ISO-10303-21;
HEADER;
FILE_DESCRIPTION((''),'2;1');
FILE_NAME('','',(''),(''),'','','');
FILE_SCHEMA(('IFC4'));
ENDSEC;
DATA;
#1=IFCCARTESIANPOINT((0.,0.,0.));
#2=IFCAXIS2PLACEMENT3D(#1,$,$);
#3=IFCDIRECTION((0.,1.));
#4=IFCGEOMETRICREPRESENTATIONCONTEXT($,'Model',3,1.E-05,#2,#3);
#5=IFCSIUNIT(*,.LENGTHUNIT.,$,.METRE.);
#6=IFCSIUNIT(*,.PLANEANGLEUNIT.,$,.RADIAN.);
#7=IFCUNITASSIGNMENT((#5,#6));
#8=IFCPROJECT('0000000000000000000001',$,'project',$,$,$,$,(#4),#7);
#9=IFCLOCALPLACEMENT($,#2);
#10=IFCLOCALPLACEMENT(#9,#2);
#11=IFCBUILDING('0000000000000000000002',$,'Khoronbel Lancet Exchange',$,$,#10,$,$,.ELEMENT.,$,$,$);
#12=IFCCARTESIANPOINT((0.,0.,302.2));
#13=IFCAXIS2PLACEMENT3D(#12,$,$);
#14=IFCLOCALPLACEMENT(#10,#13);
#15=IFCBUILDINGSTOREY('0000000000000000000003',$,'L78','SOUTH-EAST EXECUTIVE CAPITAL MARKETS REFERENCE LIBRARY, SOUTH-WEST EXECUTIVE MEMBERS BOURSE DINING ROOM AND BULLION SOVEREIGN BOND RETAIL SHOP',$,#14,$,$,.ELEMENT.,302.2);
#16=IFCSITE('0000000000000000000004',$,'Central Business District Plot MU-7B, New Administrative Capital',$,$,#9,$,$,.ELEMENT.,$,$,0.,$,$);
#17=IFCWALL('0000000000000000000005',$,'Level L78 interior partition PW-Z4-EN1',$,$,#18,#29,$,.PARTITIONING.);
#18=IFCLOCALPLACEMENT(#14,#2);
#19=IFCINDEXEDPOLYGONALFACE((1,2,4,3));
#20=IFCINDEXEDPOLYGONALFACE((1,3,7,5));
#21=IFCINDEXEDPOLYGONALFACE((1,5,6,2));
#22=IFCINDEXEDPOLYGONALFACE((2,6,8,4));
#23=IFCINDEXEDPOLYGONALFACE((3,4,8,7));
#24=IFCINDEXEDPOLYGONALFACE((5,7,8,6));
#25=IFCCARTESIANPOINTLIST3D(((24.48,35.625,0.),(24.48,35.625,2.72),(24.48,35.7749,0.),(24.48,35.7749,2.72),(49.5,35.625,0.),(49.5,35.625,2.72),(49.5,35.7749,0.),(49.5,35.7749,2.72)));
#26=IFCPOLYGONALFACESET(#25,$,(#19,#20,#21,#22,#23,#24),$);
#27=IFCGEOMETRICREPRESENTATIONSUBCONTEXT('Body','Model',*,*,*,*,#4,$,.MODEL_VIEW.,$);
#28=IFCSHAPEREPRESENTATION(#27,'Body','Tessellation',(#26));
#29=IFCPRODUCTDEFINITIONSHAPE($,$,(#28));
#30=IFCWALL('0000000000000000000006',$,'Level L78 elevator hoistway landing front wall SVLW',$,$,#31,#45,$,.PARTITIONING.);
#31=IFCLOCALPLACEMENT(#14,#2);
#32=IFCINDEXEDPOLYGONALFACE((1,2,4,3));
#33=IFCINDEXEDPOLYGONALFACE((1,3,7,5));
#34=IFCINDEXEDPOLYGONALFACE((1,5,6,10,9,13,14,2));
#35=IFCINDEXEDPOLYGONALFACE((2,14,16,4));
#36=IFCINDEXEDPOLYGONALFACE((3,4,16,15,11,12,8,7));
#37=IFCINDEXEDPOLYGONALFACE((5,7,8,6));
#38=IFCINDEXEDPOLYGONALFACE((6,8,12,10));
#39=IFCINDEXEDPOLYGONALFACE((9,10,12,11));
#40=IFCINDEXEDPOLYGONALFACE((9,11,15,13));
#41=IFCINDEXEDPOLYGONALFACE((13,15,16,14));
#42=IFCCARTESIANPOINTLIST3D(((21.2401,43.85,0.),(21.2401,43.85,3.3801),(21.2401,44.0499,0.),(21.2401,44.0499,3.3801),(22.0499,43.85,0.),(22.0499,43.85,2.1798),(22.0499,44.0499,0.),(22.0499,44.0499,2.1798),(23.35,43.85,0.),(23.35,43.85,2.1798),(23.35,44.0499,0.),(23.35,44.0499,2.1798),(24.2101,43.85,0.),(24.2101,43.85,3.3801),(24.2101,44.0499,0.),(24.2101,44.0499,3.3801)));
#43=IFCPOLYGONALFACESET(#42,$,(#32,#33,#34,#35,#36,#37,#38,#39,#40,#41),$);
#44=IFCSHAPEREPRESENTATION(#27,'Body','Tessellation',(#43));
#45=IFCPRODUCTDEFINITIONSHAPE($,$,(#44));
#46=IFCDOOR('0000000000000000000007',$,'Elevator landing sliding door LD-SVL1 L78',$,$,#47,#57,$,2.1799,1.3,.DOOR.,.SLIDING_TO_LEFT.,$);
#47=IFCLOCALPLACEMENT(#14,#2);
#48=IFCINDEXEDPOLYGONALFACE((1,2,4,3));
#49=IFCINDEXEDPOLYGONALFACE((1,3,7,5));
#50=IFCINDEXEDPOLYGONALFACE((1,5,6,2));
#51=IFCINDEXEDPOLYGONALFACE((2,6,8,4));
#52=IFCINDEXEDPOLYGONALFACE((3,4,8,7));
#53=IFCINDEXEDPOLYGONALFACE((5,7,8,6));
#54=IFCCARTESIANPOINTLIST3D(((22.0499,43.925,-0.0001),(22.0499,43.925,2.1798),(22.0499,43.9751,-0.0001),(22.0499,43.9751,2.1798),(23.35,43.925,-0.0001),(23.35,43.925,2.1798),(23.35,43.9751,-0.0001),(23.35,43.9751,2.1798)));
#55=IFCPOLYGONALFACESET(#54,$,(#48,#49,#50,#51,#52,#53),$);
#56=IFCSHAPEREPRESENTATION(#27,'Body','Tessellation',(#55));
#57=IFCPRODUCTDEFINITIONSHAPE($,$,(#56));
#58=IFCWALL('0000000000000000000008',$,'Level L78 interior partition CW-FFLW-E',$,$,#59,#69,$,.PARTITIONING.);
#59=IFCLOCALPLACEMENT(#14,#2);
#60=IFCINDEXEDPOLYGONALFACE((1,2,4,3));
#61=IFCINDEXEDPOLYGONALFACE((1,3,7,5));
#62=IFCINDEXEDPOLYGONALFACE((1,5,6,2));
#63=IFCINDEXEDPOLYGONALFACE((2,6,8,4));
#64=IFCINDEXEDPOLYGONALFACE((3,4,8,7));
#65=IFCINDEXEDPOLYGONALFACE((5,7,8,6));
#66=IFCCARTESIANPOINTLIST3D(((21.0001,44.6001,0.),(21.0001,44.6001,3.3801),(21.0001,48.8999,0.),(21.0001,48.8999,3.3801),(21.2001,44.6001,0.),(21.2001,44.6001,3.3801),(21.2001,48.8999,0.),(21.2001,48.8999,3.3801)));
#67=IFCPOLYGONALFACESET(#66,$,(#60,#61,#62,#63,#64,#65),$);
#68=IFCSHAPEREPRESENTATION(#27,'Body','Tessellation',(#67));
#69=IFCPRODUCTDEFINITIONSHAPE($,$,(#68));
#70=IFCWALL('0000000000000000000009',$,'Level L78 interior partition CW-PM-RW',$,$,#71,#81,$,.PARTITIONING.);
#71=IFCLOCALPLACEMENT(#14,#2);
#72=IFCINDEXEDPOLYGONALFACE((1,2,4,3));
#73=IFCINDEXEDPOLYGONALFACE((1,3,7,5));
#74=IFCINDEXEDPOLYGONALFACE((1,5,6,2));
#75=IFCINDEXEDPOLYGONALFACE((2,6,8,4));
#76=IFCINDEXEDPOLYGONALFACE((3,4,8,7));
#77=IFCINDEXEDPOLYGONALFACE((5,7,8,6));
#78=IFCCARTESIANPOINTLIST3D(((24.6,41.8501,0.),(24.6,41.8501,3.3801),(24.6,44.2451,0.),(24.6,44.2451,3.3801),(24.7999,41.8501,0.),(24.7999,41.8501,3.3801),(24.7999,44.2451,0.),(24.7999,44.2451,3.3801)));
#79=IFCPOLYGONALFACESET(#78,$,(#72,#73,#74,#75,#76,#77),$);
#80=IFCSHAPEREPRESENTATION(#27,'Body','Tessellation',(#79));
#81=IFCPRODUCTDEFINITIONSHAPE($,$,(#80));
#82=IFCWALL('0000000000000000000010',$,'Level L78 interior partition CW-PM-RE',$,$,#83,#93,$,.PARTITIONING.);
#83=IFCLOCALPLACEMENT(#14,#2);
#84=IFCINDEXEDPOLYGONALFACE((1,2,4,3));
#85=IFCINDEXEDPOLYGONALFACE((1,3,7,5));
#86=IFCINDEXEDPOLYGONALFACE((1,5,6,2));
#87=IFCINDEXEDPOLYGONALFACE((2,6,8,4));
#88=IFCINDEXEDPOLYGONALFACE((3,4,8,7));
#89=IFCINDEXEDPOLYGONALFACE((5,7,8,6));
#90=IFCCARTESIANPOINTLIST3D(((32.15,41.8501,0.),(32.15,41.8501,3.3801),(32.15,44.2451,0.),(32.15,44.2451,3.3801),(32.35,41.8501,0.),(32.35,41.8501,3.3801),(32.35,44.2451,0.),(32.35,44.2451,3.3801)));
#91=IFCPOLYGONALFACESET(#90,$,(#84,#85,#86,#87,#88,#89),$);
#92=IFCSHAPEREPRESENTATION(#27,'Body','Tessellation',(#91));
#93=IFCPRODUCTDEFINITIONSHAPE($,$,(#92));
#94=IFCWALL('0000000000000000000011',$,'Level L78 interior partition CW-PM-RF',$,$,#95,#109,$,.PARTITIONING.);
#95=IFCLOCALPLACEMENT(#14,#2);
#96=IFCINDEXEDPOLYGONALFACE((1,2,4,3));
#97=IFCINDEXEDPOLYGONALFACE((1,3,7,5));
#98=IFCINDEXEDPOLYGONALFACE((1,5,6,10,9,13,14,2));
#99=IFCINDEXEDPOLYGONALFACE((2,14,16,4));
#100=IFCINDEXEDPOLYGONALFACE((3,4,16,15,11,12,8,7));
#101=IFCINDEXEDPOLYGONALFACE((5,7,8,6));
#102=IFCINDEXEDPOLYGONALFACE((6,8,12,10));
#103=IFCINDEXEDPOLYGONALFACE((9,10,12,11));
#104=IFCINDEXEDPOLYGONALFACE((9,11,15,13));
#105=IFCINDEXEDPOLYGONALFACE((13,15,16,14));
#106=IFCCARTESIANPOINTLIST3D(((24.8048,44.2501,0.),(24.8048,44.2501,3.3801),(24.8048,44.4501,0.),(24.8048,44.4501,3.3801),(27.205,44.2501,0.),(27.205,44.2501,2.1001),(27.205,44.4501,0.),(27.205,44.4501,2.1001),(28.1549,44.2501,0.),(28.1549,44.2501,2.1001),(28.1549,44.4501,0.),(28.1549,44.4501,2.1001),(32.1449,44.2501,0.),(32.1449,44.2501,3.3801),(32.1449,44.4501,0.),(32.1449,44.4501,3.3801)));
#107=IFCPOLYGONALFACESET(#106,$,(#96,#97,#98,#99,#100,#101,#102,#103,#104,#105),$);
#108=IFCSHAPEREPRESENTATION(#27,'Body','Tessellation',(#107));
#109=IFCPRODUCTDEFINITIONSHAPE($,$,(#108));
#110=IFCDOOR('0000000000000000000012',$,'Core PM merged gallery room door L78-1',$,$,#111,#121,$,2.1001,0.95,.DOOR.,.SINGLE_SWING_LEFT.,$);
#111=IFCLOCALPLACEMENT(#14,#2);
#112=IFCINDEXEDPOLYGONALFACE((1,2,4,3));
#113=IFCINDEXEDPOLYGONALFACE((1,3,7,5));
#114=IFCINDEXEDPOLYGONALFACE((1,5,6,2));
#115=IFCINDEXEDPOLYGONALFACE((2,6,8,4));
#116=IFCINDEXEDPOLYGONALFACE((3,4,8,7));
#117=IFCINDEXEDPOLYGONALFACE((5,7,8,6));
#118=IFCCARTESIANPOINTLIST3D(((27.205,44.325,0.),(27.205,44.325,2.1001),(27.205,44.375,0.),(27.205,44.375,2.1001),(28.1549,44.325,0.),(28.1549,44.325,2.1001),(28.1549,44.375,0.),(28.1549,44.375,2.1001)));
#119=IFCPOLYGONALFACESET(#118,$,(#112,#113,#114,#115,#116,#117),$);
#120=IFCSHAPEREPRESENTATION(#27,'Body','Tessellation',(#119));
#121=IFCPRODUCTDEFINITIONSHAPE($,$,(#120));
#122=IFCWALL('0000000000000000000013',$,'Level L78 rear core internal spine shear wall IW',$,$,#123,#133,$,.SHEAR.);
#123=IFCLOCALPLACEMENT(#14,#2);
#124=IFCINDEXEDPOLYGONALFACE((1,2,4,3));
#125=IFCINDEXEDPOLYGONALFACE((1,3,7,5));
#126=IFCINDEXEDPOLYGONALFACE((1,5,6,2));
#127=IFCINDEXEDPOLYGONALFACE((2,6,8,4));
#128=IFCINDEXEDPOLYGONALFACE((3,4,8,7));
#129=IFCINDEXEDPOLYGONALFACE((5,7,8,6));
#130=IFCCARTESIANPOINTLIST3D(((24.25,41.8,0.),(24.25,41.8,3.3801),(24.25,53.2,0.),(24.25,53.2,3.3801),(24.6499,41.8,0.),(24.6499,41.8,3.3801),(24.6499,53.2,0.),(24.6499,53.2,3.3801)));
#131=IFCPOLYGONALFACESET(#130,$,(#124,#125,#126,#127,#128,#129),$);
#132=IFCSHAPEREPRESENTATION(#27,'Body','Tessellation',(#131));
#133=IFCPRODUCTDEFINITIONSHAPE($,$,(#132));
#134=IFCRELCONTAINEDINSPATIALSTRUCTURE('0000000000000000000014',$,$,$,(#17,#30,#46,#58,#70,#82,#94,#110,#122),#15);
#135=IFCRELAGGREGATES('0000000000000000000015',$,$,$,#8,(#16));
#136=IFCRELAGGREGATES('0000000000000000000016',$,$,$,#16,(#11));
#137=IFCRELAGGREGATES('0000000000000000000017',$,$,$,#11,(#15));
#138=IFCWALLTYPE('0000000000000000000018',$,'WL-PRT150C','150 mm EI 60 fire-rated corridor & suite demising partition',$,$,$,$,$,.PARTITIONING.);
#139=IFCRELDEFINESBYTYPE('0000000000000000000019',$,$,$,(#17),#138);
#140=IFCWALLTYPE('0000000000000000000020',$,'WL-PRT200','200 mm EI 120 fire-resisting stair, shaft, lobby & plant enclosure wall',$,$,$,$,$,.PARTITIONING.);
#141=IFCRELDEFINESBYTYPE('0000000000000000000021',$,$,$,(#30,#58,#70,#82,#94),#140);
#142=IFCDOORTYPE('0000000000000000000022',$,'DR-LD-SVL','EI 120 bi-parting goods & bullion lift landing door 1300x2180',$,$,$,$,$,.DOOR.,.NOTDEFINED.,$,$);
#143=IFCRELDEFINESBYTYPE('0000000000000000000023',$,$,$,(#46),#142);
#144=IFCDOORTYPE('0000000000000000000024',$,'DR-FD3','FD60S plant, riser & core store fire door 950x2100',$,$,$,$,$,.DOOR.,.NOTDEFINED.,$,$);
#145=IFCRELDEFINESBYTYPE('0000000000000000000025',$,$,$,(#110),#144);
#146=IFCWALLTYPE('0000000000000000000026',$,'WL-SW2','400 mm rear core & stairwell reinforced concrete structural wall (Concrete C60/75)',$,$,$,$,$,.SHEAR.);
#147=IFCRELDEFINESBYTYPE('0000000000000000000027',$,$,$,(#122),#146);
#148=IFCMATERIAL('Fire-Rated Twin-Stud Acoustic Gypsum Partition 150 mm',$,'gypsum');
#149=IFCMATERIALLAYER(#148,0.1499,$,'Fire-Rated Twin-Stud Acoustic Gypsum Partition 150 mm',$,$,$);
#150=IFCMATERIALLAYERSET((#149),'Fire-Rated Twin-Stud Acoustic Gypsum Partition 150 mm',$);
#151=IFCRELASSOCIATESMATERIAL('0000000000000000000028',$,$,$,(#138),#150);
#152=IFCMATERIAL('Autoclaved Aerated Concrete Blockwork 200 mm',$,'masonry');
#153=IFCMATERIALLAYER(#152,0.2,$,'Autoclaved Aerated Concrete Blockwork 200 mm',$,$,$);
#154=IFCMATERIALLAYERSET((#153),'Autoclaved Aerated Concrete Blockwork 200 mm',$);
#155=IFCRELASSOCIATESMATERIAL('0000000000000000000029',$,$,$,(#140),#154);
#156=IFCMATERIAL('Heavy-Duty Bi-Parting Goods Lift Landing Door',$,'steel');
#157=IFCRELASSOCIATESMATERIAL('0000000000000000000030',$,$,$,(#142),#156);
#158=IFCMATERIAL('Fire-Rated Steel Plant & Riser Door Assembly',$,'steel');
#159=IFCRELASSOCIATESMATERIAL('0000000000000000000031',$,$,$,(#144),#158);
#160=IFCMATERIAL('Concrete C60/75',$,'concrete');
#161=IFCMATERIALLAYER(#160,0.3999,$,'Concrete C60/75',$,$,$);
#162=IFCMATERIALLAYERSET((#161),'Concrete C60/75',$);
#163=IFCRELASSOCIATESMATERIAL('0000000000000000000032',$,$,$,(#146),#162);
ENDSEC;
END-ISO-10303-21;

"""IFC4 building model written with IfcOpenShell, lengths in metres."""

from ifc_helpers import new_model, si_unit, direction, frame, frame_2d, origin, place, context, subcontext, project, spatial, rectangle, extrude, material, layer, layer_set, type_object, element, fill, save


model = new_model("IFC4")

# Units and contexts
model_context = context("Model", 3, precision=1e-05, world=origin(), true_north=direction((0.0, 1.0)))
body_context = subcontext(model_context, "Body", "Model", "MODEL_VIEW")
ifc_project = project(units=[si_unit("LENGTHUNIT", "METRE"), si_unit("PLANEANGLEUNIT", "RADIAN")], contexts=[model_context])

# Site, building, storey
site_placement = place(None, origin())
site = spatial("IfcSite", under=ifc_project, at=site_placement, Name="Central Business District Plot MU-7B, New Administrative Capital", CompositionType="ELEMENT", RefElevation=0.0)
building_placement = place(site_placement, origin())
building = spatial("IfcBuilding", under=site, at=building_placement, Name="Khoronbel Lancet Exchange", CompositionType="ELEMENT")
storey_placement = place(building_placement, frame((0.0, 0.0, 302.2)))
storey = spatial("IfcBuildingStorey", under=building, at=storey_placement, Name="L78", Description="SOUTH-EAST EXECUTIVE CAPITAL MARKETS REFERENCE LIBRARY, SOUTH-WEST EXECUTIVE MEMBERS BOURSE DINING ROOM AND BULLION SOVEREIGN BOND RETAIL SHOP", CompositionType="ELEMENT", Elevation=302.2)

# Shared definitions
ifc_material_1 = material(Name="Concrete C60/75", Category="concrete")

# Shared definitions
ifc_material_2 = material(Name="Fire-Rated Twin-Stud Acoustic Gypsum Partition 150 mm", Category="gypsum")
ifc_layer_1 = layer(ifc_material_2, 0.1499, Name="Fire-Rated Twin-Stud Acoustic Gypsum Partition 150 mm")
ifc_layer_set_1 = layer_set([ifc_layer_1], Name="Fire-Rated Twin-Stud Acoustic Gypsum Partition 150 mm")
wall_type_1 = type_object("IfcWallType", Name="WL-PRT150C", Description="150 mm EI 60 fire-rated corridor & suite demising partition", PredefinedType="PARTITIONING", material=ifc_layer_set_1)

# Wall
wall_1_placement = place(storey_placement, frame((24.48, 35.7, 0.0), z_axis=(0.0, 0.0, 1.0), x_axis=(1.0, 0.0, 0.0)))
element("IfcWall", 1, at=wall_1_placement, inside=storey, type_object=wall_type_1, Name="Level L78 interior partition PW-Z4-EN1", PredefinedType="PARTITIONING", context=body_context, shape_type="SweptSolid", body=[
    extrude(rectangle(XDim=25.02, YDim=0.1499, at=frame_2d((12.51, 0.0))), origin(), (0.0, 0.0, 1.0), 2.72),
])

# Wall, opening, door
ifc_material_3 = material(Name="Autoclaved Aerated Concrete Blockwork 200 mm", Category="masonry")
ifc_layer_2 = layer(ifc_material_3, 0.2, Name="Autoclaved Aerated Concrete Blockwork 200 mm")
ifc_layer_set_2 = layer_set([ifc_layer_2], Name="Autoclaved Aerated Concrete Blockwork 200 mm")
wall_type_2 = type_object("IfcWallType", Name="WL-PRT200", Description="200 mm EI 120 fire-resisting stair, shaft, lobby & plant enclosure wall", PredefinedType="PARTITIONING", material=ifc_layer_set_2)
wall_2_placement = place(storey_placement, frame((24.21, 43.95, 0.0), z_axis=(0.0, 0.0, 1.0), x_axis=(-1.0, 0.0, 0.0)))
wall_2 = element("IfcWall", 2, at=wall_2_placement, inside=storey, type_object=wall_type_2, Name="Level L78 elevator hoistway landing front wall SVLW", PredefinedType="PARTITIONING", context=body_context, shape_type="SweptSolid", body=[
    extrude(rectangle(XDim=2.97, YDim=0.2, at=frame_2d((1.4849, 0.0))), origin(), (0.0, 0.0, 1.0), 3.3801),
])
opening_1_placement = place(wall_2_placement, frame((0.8601, 0.0, 0.0)))
opening_1 = element("IfcOpeningElement", 3, at=opening_1_placement, cuts=wall_2, PredefinedType="OPENING", context=body_context, shape_type="SweptSolid", body=[
    extrude(rectangle(XDim=1.3, YDim=2.1799, at=frame_2d((0.6499, 1.0898))), frame((0.0, 0.1099, 0.0), z_axis=(0.0, -1.0, 0.0), x_axis=(1.0, 0.0, 0.0)), (0.0, 0.0, 1.0), 0.22),
])
ifc_material_4 = material(Name="Heavy-Duty Bi-Parting Goods Lift Landing Door", Category="steel")
door_type_1 = type_object("IfcDoorType", Name="DR-LD-SVL", Description="EI 120 bi-parting goods & bullion lift landing door 1300x2180", OperationType="NOTDEFINED", PredefinedType="DOOR", material=ifc_material_4)
door_1_placement = place(opening_1_placement, origin())
door_1 = element("IfcDoor", 4, at=door_1_placement, inside=storey, type_object=door_type_1, Name="Elevator landing sliding door LD-SVL1 L78", OperationType="SLIDING_TO_LEFT", OverallHeight=2.1799, OverallWidth=1.3, PredefinedType="DOOR", context=body_context, shape_type="SweptSolid", body=[
    extrude(rectangle(XDim=1.3, YDim=2.1799, at=frame_2d((0.6499, 1.0898))), frame((0.0, 0.0249, 0.0), z_axis=(0.0, -1.0, 0.0), x_axis=(1.0, 0.0, 0.0)), (0.0, 0.0, 1.0), 0.05),
])
fill(opening_1, door_1)

# Wall
wall_3_placement = place(storey_placement, frame((21.1001, 44.6001, 0.0), z_axis=(0.0, 0.0, 1.0), x_axis=(0.0, 1.0, 0.0)))
element("IfcWall", 5, at=wall_3_placement, inside=storey, type_object=wall_type_2, Name="Level L78 interior partition CW-FFLW-E", PredefinedType="PARTITIONING", context=body_context, shape_type="SweptSolid", body=[
    extrude(rectangle(XDim=4.2998, YDim=0.2, at=frame_2d((2.1499, 0.0))), origin(), (0.0, 0.0, 1.0), 3.3801),
])

# Walls
for number, where, z_axis, x_axis, name in (
    (6, (24.7, 41.8501, 0.0), (0.0, 0.0, 1.0), (0.0, 1.0, 0.0), "Level L78 interior partition CW-PM-RW"),
    (7, (32.25, 41.8501, 0.0), (0.0, 0.0, 1.0), (0.0, 1.0, 0.0), "Level L78 interior partition CW-PM-RE"),
):
    element("IfcWall", number, at=place(storey_placement, frame(where, z_axis=z_axis, x_axis=x_axis)), inside=storey, type_object=wall_type_2, Name=name, PredefinedType="PARTITIONING", context=body_context, shape_type="SweptSolid", body=[
        extrude(rectangle(XDim=2.395, YDim=0.2, at=frame_2d((1.1975, 0.0))), origin(), (0.0, 0.0, 1.0), 3.3801),
    ])

# Wall, opening, door
wall_4_placement = place(storey_placement, frame((24.8049, 44.3501, 0.0), z_axis=(0.0, 0.0, 1.0), x_axis=(1.0, 0.0, 0.0)))
wall_4 = element("IfcWall", 8, at=wall_4_placement, inside=storey, type_object=wall_type_2, Name="Level L78 interior partition CW-PM-RF", PredefinedType="PARTITIONING", context=body_context, shape_type="SweptSolid", body=[
    extrude(rectangle(XDim=7.3401, YDim=0.2, at=frame_2d((3.6699, 0.0))), origin(), (0.0, 0.0, 1.0), 3.3801),
])
opening_2_placement = place(wall_4_placement, frame((2.3999, 0.0, 0.0)))
opening_2 = element("IfcOpeningElement", 9, at=opening_2_placement, cuts=wall_4, PredefinedType="OPENING", context=body_context, shape_type="SweptSolid", body=[
    extrude(rectangle(XDim=0.95, YDim=2.1001, at=frame_2d((0.4751, 1.05))), frame((0.0, 0.1099, 0.0), z_axis=(0.0, -1.0, 0.0), x_axis=(1.0, 0.0, 0.0)), (0.0, 0.0, 1.0), 0.22),
])
ifc_material_5 = material(Name="Fire-Rated Steel Plant & Riser Door Assembly", Category="steel")
door_type_2 = type_object("IfcDoorType", Name="DR-FD3", Description="FD60S plant, riser & core store fire door 950x2100", OperationType="NOTDEFINED", PredefinedType="DOOR", material=ifc_material_5)
door_2_placement = place(opening_2_placement, origin())
door_2 = element("IfcDoor", 10, at=door_2_placement, inside=storey, type_object=door_type_2, Name="Core PM merged gallery room door L78-1", OperationType="SINGLE_SWING_LEFT", OverallHeight=2.1001, OverallWidth=0.95, PredefinedType="DOOR", context=body_context, shape_type="SweptSolid", body=[
    extrude(rectangle(XDim=0.95, YDim=2.1001, at=frame_2d((0.4751, 1.05))), frame((0.0, 0.0249, 0.0), z_axis=(0.0, -1.0, 0.0), x_axis=(1.0, 0.0, 0.0)), (0.0, 0.0, 1.0), 0.05),
])
fill(opening_2, door_2)

# Wall
ifc_layer_3 = layer(ifc_material_1, 0.3999, Name="Concrete C60/75")
ifc_layer_set_3 = layer_set([ifc_layer_3], Name="Concrete C60/75")
wall_type_3 = type_object("IfcWallType", Name="WL-SW2", Description="400 mm rear core & stairwell reinforced concrete structural wall (Concrete C60/75)", PredefinedType="SHEAR", material=ifc_layer_set_3)
wall_5_placement = place(storey_placement, frame((24.45, 41.8, 0.0), z_axis=(0.0, 0.0, 1.0), x_axis=(0.0, 1.0, 0.0)))
element("IfcWall", 11, at=wall_5_placement, inside=storey, type_object=wall_type_3, Name="Level L78 rear core internal spine shear wall IW", PredefinedType="SHEAR", context=body_context, shape_type="SweptSolid", body=[
    extrude(rectangle(XDim=11.3999, YDim=0.3999, at=frame_2d((5.7, 0.0))), origin(), (0.0, 0.0, 1.0), 3.3801),
])

save(model, "model.ifc")
